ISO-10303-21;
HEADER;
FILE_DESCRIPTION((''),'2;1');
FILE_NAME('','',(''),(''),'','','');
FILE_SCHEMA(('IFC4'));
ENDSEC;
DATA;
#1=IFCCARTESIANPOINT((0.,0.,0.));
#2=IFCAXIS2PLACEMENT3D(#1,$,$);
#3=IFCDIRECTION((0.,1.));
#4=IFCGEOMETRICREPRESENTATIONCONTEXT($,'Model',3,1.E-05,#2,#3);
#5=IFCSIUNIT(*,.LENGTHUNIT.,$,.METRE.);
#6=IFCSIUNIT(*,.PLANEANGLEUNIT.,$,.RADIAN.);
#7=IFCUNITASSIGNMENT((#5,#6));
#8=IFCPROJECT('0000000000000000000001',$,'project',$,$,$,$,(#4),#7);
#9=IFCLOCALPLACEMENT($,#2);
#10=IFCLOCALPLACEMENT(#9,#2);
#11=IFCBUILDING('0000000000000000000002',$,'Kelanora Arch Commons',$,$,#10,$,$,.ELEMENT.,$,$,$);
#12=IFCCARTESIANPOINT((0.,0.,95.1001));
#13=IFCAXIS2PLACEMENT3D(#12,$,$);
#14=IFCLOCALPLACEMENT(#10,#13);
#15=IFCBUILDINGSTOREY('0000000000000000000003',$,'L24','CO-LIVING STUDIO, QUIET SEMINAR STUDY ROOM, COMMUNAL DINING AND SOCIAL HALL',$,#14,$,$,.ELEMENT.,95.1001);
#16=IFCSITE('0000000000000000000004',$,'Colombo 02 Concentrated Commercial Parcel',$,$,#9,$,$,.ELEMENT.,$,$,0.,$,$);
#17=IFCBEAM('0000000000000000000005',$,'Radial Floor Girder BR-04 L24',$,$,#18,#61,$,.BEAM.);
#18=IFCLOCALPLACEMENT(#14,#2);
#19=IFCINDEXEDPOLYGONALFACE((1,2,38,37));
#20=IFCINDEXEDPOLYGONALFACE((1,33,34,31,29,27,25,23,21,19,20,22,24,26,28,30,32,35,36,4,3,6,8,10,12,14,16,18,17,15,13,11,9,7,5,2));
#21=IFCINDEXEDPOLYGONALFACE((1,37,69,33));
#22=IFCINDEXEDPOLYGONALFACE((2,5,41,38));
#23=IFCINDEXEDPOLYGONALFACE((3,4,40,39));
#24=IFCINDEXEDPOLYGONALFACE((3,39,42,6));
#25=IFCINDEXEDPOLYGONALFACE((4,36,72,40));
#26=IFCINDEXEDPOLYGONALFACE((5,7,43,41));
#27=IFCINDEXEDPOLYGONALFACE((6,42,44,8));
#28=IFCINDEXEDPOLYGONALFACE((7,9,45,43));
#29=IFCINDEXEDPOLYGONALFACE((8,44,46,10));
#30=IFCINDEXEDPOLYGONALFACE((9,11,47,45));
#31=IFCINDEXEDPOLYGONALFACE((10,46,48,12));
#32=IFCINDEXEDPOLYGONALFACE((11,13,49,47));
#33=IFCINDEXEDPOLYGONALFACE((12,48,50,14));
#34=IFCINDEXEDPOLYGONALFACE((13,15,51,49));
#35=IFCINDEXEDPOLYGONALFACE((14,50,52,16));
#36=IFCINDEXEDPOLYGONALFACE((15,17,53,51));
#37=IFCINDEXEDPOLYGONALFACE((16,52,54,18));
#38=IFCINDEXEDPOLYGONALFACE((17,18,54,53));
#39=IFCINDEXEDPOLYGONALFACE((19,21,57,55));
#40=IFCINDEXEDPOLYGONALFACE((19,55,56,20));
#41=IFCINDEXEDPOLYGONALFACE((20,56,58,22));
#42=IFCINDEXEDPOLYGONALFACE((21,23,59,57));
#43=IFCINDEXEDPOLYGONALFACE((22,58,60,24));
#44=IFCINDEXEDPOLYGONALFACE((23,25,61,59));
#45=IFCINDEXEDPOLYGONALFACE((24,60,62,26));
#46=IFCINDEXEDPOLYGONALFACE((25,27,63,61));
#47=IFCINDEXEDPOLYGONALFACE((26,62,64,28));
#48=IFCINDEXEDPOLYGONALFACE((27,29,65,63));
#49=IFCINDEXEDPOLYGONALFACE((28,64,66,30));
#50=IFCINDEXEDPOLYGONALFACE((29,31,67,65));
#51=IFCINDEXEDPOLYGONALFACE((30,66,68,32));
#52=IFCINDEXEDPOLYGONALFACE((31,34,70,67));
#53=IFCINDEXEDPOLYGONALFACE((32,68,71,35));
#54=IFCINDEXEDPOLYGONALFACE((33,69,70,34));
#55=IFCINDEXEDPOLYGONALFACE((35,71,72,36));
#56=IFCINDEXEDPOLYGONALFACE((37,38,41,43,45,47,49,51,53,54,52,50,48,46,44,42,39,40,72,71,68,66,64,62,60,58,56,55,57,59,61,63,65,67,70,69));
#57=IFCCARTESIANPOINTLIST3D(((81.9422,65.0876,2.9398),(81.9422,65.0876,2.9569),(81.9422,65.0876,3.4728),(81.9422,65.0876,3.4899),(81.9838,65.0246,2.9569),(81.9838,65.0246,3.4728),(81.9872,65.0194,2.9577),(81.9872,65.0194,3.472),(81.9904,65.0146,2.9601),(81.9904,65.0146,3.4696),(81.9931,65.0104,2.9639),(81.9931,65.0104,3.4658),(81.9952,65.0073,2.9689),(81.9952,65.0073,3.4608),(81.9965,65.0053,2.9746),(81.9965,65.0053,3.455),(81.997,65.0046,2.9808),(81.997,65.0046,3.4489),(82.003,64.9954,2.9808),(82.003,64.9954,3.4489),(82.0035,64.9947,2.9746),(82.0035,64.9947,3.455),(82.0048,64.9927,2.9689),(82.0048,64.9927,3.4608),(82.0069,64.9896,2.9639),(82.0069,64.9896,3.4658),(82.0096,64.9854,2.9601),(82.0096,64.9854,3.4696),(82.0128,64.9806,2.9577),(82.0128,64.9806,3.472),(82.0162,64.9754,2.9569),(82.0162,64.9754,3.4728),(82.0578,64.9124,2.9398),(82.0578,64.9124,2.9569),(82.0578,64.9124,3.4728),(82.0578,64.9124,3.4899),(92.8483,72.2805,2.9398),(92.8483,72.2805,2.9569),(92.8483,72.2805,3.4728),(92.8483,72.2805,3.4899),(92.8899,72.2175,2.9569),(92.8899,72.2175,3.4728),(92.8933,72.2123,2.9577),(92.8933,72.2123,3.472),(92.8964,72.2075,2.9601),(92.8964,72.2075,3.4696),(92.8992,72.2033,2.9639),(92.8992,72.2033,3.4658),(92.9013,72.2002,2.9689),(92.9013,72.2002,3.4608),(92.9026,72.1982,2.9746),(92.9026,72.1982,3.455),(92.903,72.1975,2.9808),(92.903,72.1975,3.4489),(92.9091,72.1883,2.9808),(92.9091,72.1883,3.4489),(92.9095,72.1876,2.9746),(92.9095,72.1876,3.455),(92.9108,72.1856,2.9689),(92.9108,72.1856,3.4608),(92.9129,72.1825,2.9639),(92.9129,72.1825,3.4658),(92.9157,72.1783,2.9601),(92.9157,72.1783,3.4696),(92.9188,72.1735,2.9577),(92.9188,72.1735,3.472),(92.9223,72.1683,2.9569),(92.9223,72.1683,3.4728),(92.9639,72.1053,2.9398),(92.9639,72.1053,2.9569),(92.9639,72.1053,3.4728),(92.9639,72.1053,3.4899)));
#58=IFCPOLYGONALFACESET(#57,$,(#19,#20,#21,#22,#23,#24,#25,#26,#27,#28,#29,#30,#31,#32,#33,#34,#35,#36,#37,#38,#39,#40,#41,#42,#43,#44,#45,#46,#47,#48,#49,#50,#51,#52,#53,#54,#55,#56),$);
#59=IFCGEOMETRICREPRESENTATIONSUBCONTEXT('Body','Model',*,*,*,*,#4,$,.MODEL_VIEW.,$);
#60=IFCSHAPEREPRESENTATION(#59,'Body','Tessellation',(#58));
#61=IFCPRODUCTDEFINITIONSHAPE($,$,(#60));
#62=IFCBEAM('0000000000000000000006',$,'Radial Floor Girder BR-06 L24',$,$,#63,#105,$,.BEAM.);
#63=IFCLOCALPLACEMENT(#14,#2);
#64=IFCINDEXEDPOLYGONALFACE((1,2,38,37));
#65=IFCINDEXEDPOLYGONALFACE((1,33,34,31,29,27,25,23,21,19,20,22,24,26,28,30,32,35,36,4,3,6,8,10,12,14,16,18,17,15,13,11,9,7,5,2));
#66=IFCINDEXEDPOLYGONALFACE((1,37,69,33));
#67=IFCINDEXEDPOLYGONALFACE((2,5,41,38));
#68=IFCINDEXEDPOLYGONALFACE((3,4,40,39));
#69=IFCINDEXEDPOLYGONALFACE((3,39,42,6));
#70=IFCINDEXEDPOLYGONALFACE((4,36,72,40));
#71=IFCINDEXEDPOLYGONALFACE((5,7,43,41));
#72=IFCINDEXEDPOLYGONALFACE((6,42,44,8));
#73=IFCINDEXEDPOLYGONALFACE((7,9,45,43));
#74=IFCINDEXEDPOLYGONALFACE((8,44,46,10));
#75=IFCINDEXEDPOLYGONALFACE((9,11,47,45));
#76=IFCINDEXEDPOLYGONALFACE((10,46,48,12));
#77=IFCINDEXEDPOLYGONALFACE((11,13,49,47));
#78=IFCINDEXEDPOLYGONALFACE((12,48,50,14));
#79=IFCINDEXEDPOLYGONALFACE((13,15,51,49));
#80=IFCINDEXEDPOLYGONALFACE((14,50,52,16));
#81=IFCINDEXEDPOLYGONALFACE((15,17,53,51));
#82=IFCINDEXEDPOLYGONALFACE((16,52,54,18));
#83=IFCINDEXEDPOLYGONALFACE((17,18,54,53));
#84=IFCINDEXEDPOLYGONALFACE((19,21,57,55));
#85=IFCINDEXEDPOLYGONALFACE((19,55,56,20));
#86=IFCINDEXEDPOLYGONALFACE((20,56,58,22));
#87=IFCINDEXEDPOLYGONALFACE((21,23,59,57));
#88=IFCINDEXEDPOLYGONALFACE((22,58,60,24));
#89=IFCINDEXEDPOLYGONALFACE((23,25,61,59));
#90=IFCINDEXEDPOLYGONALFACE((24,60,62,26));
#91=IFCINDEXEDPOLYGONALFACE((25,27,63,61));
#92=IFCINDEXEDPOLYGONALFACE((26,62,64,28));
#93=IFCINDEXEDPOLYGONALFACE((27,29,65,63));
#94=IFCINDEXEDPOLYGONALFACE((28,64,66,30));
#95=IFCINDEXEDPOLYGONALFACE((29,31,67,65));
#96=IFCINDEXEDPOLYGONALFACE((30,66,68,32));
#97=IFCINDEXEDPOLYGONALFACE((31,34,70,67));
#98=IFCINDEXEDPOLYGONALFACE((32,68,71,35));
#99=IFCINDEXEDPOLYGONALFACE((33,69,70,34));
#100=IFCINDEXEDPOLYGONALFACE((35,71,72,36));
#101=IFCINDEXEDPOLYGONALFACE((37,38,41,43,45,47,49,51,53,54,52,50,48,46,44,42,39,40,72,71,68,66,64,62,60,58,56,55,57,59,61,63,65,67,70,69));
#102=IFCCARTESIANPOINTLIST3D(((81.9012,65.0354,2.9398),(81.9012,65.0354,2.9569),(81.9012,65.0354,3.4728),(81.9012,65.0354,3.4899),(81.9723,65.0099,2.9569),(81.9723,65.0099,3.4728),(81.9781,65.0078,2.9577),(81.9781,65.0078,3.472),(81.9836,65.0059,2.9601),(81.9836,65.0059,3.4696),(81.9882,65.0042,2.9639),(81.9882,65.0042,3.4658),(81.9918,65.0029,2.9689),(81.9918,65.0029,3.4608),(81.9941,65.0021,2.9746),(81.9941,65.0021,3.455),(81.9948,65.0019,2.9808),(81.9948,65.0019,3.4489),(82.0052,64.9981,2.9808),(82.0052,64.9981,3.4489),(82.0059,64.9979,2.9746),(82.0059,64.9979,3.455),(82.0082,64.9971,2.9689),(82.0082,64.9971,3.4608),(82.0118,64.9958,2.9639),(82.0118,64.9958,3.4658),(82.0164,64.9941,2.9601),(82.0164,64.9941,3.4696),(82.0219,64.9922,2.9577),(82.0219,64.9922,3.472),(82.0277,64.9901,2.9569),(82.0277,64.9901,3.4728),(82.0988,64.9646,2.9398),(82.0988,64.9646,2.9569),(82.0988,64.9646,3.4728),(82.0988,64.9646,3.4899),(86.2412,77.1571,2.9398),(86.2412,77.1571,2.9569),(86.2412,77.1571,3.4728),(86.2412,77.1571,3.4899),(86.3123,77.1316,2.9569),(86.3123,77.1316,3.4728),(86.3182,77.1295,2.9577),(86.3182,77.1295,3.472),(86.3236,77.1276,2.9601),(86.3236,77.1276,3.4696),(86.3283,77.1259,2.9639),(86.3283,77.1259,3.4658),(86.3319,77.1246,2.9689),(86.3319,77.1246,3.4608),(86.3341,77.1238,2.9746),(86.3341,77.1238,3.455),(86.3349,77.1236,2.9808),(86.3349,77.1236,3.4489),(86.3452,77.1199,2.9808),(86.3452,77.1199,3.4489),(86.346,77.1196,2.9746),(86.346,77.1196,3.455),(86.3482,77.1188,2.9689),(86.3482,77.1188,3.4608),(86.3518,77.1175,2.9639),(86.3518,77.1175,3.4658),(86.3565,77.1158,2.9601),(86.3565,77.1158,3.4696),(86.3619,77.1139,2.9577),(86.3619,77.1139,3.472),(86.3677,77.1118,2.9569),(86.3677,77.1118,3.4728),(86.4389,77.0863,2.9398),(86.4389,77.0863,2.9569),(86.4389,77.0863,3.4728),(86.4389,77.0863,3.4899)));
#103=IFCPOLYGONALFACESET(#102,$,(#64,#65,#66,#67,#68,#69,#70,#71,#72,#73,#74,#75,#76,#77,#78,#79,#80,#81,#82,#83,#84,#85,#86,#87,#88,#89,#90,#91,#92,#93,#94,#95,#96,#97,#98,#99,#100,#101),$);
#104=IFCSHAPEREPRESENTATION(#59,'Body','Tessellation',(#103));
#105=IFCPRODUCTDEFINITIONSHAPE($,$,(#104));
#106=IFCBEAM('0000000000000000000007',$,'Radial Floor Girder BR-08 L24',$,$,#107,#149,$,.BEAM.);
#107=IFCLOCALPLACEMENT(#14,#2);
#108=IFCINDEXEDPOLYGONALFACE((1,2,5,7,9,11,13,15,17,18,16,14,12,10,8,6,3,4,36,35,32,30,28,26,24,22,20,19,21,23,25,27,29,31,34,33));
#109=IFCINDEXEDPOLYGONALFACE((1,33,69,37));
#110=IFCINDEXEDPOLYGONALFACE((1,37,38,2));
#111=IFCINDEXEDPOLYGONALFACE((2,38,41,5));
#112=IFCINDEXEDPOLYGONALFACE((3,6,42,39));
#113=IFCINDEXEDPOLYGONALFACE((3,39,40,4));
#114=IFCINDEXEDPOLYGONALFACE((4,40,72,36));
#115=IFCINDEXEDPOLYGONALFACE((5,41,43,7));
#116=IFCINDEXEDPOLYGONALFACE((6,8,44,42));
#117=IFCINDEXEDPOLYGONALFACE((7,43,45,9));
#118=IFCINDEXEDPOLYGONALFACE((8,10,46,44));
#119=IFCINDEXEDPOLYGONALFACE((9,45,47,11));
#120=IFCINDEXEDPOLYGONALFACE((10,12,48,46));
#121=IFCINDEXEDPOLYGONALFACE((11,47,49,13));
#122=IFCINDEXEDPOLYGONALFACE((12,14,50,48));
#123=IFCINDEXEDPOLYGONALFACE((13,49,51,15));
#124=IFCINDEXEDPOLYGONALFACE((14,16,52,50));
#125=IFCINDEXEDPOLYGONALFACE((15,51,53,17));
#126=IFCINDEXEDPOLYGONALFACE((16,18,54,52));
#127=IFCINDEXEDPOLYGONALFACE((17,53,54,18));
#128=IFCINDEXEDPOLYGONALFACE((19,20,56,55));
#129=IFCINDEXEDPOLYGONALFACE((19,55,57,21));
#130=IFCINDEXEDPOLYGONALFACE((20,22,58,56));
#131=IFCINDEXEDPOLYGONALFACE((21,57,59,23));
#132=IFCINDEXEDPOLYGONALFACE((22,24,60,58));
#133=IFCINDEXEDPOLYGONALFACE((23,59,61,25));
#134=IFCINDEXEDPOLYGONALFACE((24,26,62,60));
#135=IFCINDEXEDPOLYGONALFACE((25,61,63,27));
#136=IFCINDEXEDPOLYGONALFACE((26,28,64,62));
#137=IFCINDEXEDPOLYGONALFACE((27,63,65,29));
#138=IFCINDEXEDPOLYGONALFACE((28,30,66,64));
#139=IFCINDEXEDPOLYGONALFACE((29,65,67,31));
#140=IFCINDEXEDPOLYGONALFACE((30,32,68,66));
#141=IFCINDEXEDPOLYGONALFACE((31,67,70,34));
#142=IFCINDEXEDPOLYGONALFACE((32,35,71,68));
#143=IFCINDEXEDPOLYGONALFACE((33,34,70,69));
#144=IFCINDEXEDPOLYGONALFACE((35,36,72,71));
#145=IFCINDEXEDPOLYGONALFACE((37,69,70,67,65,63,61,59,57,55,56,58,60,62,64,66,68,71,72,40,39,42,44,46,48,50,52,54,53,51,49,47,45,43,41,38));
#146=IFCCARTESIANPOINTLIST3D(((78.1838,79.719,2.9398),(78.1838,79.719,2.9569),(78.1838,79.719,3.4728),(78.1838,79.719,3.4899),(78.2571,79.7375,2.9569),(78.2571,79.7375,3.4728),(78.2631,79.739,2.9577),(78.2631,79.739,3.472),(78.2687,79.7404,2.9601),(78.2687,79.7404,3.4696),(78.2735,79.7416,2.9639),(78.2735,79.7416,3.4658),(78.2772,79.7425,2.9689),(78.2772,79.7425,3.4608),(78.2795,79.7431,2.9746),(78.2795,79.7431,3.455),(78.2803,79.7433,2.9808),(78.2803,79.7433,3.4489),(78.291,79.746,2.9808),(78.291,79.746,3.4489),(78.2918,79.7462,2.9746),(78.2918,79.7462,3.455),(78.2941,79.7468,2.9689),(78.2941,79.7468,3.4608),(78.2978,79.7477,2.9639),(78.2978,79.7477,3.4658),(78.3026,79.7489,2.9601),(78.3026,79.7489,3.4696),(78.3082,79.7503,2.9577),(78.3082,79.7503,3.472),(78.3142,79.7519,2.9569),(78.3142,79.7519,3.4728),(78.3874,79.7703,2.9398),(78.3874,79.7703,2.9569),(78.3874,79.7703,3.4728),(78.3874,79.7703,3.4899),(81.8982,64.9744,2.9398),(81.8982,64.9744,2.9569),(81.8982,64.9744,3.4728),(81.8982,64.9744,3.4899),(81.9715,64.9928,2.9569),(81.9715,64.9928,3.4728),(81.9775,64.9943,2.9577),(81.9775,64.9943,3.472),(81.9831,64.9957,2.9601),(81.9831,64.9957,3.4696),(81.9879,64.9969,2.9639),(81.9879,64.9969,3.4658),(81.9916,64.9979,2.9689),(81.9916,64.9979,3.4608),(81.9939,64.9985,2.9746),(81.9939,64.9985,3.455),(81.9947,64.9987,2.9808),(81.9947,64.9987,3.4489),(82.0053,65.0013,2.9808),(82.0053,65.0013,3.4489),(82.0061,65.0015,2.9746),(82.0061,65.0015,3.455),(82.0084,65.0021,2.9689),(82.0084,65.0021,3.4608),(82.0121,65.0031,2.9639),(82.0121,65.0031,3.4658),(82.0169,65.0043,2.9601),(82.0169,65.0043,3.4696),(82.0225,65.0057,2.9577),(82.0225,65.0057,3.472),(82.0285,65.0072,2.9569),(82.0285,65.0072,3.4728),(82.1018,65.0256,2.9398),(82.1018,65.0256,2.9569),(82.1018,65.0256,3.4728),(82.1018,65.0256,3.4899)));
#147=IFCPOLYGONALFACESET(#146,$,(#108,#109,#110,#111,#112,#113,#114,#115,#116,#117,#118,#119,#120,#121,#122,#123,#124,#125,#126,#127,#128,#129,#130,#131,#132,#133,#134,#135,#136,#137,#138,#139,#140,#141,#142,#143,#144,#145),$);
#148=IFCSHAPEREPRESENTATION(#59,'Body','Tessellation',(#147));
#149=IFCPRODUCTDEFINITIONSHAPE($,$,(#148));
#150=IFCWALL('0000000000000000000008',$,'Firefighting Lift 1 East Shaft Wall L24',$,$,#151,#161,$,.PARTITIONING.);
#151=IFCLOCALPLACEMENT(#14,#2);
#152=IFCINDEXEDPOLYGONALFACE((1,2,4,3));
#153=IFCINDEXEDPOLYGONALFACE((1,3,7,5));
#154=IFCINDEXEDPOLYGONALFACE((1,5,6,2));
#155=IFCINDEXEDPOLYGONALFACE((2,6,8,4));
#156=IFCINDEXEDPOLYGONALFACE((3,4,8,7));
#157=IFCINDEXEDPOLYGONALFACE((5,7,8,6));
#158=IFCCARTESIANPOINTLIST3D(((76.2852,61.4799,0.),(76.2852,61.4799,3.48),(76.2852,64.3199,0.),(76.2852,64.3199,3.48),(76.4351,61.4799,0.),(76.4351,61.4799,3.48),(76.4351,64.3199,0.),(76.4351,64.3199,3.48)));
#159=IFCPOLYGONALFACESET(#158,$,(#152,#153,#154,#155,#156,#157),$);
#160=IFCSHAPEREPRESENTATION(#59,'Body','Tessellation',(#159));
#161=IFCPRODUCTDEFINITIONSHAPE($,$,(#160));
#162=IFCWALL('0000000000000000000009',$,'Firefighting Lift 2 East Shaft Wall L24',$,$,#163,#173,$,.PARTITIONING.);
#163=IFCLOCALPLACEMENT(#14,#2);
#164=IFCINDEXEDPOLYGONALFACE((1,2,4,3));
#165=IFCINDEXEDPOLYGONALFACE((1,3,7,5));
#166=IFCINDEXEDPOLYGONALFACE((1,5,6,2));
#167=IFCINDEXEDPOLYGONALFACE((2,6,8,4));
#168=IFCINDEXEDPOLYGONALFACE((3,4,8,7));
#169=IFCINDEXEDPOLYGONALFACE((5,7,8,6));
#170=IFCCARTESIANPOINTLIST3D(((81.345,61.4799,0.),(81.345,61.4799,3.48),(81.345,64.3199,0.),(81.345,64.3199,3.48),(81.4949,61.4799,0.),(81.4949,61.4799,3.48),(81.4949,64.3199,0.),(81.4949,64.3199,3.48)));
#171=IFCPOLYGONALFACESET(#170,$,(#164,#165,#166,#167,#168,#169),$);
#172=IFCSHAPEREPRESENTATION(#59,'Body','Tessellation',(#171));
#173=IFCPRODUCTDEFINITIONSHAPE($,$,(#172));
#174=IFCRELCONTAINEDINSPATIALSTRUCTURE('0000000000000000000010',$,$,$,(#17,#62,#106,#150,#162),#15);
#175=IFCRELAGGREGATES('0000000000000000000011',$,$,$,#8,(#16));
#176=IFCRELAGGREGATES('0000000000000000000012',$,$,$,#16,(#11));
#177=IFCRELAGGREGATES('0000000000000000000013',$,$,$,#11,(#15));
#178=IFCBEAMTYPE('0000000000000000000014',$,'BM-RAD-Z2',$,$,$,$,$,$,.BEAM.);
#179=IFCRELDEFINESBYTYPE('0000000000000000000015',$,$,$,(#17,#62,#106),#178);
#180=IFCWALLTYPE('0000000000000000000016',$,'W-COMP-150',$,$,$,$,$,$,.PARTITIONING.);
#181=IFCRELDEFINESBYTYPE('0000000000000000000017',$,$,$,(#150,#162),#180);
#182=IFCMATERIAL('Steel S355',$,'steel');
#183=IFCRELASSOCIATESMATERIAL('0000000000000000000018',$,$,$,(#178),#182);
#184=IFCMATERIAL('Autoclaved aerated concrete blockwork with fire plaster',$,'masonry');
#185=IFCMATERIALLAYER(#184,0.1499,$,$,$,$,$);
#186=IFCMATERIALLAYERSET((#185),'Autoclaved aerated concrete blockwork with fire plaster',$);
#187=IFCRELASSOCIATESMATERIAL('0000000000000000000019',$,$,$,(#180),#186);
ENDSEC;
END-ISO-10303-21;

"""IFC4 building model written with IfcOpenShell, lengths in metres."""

from ifc_helpers import new_model, si_unit, direction, frame, frame_2d, origin, origin_2d, place, context, subcontext, project, spatial, rectangle, i_section, extrude, material, layer, layer_set, material_profile, profile_set, type_object, element, save


model = new_model("IFC4")

# Units and contexts
model_context = context("Model", 3, precision=1e-05, world=origin(), true_north=direction((0.0, 1.0)))
body_context = subcontext(model_context, "Body", "Model", "MODEL_VIEW")
ifc_project = project(units=[si_unit("LENGTHUNIT", "METRE"), si_unit("PLANEANGLEUNIT", "RADIAN")], contexts=[model_context])

# Site, building, storey
site_placement = place(None, origin())
site = spatial("IfcSite", under=ifc_project, at=site_placement, Name="Colombo 02 Concentrated Commercial Parcel", CompositionType="ELEMENT", RefElevation=0.0)
building_placement = place(site_placement, origin())
building = spatial("IfcBuilding", under=site, at=building_placement, Name="Kelanora Arch Commons", CompositionType="ELEMENT")
storey_placement = place(building_placement, frame((0.0, 0.0, 95.1001)))
storey = spatial("IfcBuildingStorey", under=building, at=storey_placement, Name="L24", Description="CO-LIVING STUDIO, QUIET SEMINAR STUDY ROOM, COMMUNAL DINING AND SOCIAL HALL", CompositionType="ELEMENT", Elevation=95.1001)

# Beams
ifc_material_1 = material(Name="Steel S355", Category="steel")
ifc_material_profile_1 = material_profile(ifc_material_1, i_section(OverallWidth=0.21, OverallDepth=0.55, WebThickness=0.011, FlangeThickness=0.0171, FilletRadius=0.0239, at=origin_2d()), Name="IPE550")
ifc_profile_set_1 = profile_set([ifc_material_profile_1], Name="Steel S355")
beam_type_1 = type_object("IfcBeamType", Name="BM-RAD-Z2", PredefinedType="BEAM", material=ifc_profile_set_1)
beam_1_placement = place(storey_placement, frame((82.0, 65.0, 3.2148), z_axis=(0.834789, 0.550571, 0.0), x_axis=(-0.550571, 0.834789, 0.0)))
element("IfcBeam", 1, at=beam_1_placement, inside=storey, type_object=beam_type_1, Name="Radial Floor Girder BR-04 L24", PredefinedType="BEAM", context=body_context, shape_type="SweptSolid", body=[
    extrude(i_section(OverallWidth=0.21, OverallDepth=0.55, WebThickness=0.011, FlangeThickness=0.0171, FilletRadius=0.0239, at=origin_2d()), origin(), (0.0, 0.0, 1.0), 13.0645),
])
beam_2_placement = place(storey_placement, frame((82.0, 65.0, 3.2148), z_axis=(0.337085, 0.941474, 0.0), x_axis=(-0.941474, 0.337085, 0.0)))
element("IfcBeam", 2, at=beam_2_placement, inside=storey, type_object=beam_type_1, Name="Radial Floor Girder BR-06 L24", PredefinedType="BEAM", context=body_context, shape_type="SweptSolid", body=[
    extrude(i_section(OverallWidth=0.21, OverallDepth=0.55, WebThickness=0.011, FlangeThickness=0.0171, FilletRadius=0.0239, at=origin_2d()), origin(), (0.0, 0.0, 1.0), 12.8752),
])
beam_3_placement = place(storey_placement, frame((82.0, 65.0, 3.2148), z_axis=(-0.244281, 0.969705, 0.0), x_axis=(-0.969705, -0.244281, 0.0)))
element("IfcBeam", 3, at=beam_3_placement, inside=storey, type_object=beam_type_1, Name="Radial Floor Girder BR-08 L24", PredefinedType="BEAM", context=body_context, shape_type="SweptSolid", body=[
    extrude(i_section(OverallWidth=0.21, OverallDepth=0.55, WebThickness=0.011, FlangeThickness=0.0171, FilletRadius=0.0239, at=origin_2d()), origin(), (0.0, 0.0, 1.0), 15.2053),
])

# Walls
ifc_material_2 = material(Name="Autoclaved aerated concrete blockwork with fire plaster", Category="masonry")
ifc_layer_1 = layer(ifc_material_2, 0.1499)
ifc_layer_set_1 = layer_set([ifc_layer_1], Name="Autoclaved aerated concrete blockwork with fire plaster")
wall_type_1 = type_object("IfcWallType", Name="W-COMP-150", PredefinedType="PARTITIONING", material=ifc_layer_set_1)
for number, where, z_axis, x_axis, name in (
    (4, (76.3601, 61.48, 0.0), (0.0, 0.0, 1.0), (0.0, 1.0, 0.0), "Firefighting Lift 1 East Shaft Wall L24"),
    (5, (81.4199, 61.48, 0.0), (0.0, 0.0, 1.0), (0.0, 1.0, 0.0), "Firefighting Lift 2 East Shaft Wall L24"),
):
    element("IfcWall", number, at=place(storey_placement, frame(where, z_axis=z_axis, x_axis=x_axis)), inside=storey, type_object=wall_type_1, Name=name, PredefinedType="PARTITIONING", context=body_context, shape_type="SweptSolid", body=[
        extrude(rectangle(XDim=2.8401, YDim=0.1499, at=frame_2d((1.4199, 0.0))), origin(), (0.0, 0.0, 1.0), 3.48),
    ])

save(model, "model.ifc")
